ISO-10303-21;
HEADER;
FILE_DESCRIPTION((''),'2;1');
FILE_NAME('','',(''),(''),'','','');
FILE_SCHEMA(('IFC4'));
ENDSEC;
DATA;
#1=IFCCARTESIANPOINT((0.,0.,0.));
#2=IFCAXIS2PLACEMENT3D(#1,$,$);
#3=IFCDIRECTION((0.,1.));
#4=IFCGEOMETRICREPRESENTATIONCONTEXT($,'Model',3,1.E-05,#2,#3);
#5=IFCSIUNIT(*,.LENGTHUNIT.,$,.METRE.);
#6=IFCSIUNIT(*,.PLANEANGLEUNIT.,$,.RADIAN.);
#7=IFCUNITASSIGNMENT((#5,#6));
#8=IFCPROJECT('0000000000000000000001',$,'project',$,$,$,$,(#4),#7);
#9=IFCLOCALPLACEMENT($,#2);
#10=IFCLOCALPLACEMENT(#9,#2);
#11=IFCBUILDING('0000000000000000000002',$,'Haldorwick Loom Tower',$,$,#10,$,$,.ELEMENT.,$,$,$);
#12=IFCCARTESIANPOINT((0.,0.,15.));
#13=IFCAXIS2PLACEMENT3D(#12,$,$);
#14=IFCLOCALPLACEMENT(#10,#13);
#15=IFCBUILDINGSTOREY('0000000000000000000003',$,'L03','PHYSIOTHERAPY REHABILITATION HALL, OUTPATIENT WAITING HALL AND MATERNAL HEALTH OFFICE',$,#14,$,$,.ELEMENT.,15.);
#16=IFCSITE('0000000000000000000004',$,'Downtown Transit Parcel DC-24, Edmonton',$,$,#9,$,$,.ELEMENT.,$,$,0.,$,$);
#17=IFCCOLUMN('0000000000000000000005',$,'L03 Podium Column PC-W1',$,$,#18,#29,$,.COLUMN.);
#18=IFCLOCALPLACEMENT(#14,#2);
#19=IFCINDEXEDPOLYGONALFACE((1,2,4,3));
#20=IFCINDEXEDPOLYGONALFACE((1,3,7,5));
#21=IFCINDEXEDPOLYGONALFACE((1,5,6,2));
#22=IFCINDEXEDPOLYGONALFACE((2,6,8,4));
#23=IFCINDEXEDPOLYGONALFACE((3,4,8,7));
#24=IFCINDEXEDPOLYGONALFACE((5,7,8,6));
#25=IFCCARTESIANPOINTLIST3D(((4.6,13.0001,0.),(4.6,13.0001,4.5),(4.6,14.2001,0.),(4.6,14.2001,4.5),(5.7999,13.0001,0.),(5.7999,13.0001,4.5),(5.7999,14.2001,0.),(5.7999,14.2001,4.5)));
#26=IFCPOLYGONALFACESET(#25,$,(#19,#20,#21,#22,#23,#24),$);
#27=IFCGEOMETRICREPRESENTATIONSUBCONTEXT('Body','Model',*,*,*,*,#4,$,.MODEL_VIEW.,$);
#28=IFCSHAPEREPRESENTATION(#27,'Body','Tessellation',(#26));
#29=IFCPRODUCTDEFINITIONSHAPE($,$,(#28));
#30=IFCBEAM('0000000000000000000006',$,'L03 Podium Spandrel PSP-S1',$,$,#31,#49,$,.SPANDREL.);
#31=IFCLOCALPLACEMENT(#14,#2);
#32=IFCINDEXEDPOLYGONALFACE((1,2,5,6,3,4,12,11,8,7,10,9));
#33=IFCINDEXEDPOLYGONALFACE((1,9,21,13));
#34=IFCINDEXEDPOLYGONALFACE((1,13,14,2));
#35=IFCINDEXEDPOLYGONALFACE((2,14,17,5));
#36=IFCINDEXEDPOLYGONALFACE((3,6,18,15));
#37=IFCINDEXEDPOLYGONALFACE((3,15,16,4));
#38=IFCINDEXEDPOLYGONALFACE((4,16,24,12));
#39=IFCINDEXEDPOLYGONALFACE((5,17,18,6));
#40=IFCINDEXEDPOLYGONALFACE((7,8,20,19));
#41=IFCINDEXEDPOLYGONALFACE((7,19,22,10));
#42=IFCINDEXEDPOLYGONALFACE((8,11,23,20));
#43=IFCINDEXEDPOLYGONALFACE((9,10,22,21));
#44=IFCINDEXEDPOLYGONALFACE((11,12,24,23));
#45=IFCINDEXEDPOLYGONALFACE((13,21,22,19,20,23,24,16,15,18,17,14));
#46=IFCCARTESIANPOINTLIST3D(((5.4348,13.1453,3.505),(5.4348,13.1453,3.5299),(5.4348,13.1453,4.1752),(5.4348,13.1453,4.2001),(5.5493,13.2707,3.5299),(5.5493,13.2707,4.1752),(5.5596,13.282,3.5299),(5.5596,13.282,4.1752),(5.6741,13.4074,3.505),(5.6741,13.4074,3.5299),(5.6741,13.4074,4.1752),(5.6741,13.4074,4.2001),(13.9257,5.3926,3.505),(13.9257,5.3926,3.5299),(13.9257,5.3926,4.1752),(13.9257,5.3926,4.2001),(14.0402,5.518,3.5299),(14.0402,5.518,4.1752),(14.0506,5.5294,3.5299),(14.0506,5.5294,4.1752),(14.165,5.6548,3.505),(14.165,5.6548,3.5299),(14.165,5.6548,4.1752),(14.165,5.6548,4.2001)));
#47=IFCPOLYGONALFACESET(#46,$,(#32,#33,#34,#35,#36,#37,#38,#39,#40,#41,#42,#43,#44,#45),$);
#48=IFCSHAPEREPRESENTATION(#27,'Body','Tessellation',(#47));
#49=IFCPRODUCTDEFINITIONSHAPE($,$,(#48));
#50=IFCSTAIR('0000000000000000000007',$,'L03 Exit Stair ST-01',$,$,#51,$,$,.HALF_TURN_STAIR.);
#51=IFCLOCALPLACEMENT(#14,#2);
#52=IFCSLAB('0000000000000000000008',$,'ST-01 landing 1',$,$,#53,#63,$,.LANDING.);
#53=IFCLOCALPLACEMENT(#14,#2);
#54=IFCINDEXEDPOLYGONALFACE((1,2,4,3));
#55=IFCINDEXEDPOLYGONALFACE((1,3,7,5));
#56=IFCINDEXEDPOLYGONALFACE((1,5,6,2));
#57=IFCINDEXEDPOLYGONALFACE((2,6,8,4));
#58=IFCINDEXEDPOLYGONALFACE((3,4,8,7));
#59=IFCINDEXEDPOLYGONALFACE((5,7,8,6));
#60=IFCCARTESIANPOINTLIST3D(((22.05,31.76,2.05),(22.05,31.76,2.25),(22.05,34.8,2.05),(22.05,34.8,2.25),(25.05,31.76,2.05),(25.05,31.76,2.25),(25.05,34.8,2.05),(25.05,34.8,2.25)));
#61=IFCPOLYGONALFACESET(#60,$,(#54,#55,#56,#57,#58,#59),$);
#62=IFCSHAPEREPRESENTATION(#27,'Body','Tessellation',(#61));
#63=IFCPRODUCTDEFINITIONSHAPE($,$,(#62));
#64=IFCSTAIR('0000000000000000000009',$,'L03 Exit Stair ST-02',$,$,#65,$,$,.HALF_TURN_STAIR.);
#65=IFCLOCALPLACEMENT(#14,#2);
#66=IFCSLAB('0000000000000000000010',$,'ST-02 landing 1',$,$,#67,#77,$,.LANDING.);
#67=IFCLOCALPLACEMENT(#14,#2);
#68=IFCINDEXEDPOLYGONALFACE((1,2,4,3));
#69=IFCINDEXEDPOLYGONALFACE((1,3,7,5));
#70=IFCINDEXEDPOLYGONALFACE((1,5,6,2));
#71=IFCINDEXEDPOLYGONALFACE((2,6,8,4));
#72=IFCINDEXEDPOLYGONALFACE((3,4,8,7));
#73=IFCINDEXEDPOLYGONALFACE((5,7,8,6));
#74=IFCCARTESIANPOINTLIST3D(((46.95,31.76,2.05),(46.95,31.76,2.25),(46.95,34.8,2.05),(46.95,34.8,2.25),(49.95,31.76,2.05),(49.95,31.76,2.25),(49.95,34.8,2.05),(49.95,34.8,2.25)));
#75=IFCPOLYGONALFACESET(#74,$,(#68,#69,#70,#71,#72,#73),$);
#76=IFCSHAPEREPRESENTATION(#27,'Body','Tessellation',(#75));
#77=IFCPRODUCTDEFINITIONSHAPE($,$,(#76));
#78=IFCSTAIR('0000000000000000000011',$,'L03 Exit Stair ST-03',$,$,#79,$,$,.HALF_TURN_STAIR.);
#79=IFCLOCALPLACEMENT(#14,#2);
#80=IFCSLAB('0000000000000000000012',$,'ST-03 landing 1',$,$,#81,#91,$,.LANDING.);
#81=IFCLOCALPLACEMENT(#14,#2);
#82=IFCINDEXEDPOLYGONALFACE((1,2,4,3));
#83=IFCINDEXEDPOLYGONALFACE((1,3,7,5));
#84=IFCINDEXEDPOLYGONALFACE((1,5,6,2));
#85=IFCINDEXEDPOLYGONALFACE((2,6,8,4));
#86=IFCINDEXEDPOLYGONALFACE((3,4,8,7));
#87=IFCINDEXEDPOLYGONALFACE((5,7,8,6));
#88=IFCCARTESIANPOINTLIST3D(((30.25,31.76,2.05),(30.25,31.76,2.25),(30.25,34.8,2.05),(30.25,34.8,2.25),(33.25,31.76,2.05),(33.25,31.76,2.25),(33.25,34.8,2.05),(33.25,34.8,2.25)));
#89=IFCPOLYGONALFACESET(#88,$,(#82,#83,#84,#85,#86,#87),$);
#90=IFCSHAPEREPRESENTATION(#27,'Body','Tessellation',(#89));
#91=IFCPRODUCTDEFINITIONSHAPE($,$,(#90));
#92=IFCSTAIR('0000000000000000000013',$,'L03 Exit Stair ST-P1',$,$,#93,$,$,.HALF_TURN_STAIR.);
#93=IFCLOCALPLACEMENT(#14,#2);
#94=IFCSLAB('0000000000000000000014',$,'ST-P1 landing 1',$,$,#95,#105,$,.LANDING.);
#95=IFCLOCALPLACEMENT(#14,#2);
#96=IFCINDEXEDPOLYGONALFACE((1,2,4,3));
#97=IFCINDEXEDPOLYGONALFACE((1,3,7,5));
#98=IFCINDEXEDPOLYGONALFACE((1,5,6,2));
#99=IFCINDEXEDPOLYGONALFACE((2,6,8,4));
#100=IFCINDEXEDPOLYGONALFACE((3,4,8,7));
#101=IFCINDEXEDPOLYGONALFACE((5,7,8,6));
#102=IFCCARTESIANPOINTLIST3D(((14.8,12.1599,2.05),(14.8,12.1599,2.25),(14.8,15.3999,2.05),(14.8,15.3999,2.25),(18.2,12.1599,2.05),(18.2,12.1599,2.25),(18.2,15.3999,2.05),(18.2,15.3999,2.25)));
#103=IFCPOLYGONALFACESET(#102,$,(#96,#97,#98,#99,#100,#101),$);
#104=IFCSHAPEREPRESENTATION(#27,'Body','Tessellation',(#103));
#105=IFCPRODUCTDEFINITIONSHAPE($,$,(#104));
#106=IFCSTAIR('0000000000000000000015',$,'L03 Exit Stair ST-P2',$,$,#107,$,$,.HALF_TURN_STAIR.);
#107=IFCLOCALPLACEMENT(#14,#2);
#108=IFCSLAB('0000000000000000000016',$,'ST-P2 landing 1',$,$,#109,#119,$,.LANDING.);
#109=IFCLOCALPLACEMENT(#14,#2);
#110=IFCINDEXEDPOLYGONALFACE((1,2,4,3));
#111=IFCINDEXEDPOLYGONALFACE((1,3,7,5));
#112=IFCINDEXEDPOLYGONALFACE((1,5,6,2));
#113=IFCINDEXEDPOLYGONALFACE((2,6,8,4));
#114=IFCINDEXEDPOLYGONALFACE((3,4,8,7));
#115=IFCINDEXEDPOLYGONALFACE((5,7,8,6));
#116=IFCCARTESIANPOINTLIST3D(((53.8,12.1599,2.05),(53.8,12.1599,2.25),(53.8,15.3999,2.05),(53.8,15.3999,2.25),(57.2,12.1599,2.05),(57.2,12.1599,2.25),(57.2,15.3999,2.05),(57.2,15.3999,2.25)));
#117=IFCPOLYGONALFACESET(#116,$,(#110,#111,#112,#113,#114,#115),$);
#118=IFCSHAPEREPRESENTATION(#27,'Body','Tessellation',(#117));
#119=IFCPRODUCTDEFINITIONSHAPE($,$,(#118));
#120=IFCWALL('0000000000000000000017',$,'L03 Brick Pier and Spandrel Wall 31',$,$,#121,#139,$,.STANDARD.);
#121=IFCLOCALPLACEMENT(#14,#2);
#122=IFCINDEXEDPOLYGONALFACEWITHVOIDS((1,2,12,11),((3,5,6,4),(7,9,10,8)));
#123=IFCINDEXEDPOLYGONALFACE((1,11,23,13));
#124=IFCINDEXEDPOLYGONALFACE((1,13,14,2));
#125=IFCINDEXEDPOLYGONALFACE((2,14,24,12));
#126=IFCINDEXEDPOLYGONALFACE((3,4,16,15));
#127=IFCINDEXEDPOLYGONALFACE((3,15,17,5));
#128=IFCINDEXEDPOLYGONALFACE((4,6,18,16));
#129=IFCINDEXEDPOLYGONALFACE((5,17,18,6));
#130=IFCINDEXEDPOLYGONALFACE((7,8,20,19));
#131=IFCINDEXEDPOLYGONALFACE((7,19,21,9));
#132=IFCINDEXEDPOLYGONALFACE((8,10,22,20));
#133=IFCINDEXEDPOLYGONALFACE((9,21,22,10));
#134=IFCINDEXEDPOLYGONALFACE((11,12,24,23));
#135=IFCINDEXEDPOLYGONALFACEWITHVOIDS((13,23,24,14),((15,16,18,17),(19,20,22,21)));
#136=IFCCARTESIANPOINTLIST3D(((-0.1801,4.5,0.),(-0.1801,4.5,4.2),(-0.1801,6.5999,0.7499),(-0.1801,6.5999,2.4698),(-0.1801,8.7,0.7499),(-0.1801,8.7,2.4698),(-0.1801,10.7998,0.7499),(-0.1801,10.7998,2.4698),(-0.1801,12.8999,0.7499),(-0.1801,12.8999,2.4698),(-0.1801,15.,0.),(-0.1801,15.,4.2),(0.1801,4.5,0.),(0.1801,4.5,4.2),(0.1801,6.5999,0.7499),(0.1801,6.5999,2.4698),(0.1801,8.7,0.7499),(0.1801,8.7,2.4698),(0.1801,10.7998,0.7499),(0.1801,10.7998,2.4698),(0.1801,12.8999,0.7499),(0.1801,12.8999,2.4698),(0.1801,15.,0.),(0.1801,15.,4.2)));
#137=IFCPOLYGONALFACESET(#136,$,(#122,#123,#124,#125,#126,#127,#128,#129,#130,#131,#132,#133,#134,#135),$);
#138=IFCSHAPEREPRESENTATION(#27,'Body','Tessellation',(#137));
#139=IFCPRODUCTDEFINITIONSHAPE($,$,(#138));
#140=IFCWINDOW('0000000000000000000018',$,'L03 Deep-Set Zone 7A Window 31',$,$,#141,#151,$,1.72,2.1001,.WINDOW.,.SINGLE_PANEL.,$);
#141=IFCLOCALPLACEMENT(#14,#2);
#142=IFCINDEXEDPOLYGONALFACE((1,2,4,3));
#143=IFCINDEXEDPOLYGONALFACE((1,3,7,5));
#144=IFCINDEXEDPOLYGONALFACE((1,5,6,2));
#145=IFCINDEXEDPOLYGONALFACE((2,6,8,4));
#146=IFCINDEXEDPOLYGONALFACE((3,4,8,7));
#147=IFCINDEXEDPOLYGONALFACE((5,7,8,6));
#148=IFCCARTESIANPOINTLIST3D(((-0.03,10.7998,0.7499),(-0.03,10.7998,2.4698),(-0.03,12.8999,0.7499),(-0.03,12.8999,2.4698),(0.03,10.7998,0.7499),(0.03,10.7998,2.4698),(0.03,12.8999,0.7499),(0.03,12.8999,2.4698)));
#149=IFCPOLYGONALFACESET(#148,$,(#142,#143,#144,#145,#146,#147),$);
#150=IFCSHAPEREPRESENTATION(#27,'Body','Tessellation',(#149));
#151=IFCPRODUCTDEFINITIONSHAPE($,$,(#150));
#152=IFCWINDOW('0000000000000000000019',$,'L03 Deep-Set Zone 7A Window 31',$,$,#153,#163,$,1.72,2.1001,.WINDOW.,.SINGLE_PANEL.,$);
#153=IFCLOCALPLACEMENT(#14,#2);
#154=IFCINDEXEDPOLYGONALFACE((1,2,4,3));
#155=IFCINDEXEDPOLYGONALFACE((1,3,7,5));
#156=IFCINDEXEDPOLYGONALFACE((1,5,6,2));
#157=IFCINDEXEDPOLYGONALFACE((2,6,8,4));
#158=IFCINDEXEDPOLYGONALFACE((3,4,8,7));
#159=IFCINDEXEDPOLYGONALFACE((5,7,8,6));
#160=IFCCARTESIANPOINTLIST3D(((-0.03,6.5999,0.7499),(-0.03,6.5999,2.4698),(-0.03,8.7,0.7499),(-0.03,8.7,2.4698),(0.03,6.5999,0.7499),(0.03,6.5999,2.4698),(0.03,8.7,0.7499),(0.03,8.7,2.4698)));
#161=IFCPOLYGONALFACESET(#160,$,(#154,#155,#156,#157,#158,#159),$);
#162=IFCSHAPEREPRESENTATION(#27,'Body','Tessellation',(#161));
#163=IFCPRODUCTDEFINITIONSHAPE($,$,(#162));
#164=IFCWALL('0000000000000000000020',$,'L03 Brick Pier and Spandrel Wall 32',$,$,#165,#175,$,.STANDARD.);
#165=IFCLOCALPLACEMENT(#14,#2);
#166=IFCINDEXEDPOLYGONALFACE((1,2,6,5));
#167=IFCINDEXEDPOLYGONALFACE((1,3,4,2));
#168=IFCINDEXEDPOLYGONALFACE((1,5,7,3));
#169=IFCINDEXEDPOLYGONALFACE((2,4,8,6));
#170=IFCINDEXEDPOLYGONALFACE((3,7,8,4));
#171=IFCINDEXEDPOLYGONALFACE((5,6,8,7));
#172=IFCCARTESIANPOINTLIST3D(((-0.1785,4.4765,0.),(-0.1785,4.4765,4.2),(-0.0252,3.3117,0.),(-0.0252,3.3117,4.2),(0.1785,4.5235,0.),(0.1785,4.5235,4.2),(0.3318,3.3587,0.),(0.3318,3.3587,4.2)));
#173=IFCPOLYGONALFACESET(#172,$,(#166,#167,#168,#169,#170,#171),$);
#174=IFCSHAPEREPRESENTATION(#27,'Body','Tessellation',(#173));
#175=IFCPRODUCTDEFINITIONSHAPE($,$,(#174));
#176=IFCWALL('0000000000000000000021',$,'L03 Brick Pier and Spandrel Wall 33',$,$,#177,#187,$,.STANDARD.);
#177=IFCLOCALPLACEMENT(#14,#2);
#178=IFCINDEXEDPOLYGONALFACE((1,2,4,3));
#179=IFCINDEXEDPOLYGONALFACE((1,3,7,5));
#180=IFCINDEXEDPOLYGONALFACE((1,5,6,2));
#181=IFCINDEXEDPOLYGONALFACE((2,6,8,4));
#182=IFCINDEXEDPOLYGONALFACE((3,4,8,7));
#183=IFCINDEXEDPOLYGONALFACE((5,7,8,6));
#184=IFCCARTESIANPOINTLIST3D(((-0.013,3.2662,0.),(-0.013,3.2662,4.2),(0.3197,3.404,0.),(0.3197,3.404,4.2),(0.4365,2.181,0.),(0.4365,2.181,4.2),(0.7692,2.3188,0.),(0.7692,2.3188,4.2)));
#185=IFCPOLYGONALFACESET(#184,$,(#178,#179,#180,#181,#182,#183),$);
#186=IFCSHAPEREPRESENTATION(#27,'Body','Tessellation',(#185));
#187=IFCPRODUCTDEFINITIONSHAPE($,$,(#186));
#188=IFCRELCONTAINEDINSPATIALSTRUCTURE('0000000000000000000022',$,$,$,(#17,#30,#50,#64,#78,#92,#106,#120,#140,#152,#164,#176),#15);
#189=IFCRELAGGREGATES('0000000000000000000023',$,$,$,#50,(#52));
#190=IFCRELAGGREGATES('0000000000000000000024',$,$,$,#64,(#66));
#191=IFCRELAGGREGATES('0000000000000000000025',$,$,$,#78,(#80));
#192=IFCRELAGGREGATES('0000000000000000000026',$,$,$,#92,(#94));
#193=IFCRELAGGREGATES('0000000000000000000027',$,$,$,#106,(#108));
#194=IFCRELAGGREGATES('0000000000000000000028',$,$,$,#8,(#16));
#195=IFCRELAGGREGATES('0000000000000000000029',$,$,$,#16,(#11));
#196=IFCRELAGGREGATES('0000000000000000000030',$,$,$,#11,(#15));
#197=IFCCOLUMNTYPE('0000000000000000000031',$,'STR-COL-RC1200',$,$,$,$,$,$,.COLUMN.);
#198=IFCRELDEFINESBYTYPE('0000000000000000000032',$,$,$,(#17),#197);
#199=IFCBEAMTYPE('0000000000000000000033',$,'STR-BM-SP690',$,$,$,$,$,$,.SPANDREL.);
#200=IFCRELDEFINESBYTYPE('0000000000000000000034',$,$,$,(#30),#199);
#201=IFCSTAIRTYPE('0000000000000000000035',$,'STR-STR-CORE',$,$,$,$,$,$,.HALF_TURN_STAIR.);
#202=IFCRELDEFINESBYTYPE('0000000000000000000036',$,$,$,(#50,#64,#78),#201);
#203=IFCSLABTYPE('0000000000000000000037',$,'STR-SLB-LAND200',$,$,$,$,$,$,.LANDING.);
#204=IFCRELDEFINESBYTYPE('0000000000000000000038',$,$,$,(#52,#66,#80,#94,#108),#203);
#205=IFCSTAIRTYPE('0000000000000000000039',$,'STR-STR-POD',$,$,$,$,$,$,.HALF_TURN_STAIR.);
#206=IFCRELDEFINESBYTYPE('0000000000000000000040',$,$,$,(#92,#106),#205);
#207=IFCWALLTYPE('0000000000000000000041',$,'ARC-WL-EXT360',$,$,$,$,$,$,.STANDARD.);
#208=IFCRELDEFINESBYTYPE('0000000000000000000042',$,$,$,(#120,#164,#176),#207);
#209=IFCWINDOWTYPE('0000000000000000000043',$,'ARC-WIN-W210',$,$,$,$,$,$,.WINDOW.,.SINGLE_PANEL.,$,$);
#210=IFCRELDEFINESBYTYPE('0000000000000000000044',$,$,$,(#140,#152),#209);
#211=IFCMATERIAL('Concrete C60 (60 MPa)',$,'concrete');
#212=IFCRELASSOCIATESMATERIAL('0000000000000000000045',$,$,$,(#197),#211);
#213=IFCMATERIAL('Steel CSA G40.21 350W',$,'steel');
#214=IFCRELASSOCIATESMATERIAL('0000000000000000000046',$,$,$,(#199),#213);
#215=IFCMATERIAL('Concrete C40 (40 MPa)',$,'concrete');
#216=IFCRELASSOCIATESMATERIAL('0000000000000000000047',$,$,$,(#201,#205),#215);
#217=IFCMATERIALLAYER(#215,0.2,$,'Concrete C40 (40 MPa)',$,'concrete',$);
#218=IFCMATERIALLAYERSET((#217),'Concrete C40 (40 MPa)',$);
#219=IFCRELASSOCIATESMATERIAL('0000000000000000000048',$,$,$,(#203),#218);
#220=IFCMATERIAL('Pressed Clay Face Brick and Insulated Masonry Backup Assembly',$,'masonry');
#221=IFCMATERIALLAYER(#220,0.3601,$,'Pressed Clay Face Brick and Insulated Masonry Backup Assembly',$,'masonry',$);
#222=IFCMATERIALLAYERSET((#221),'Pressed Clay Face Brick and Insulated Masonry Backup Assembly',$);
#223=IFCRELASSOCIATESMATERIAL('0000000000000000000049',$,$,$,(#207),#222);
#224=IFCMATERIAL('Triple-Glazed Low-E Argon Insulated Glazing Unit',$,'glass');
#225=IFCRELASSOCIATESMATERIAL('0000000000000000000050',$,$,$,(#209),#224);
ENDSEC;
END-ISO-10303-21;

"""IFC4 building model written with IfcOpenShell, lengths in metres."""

from ifc_helpers import new_model, si_unit, direction, frame, frame_2d, origin, origin_2d, place, context, subcontext, project, spatial, polyline, rectangle, i_section, outline, extrude, material, layer, layer_set, material_profile, profile_set, type_object, element, fill, aggregate, save


model = new_model("IFC4")

# Units and contexts
model_context = context("Model", 3, precision=1e-05, world=origin(), true_north=direction((0.0, 1.0)))
body_context = subcontext(model_context, "Body", "Model", "MODEL_VIEW")
ifc_project = project(units=[si_unit("LENGTHUNIT", "METRE"), si_unit("PLANEANGLEUNIT", "RADIAN")], contexts=[model_context])

# Site, building, storey
site_placement = place(None, origin())
site = spatial("IfcSite", under=ifc_project, at=site_placement, Name="Downtown Transit Parcel DC-24, Edmonton", CompositionType="ELEMENT", RefElevation=0.0)
building_placement = place(site_placement, origin())
building = spatial("IfcBuilding", under=site, at=building_placement, Name="Haldorwick Loom Tower", CompositionType="ELEMENT")
storey_placement = place(building_placement, frame((0.0, 0.0, 15.0)))
storey = spatial("IfcBuildingStorey", under=building, at=storey_placement, Name="L03", Description="PHYSIOTHERAPY REHABILITATION HALL, OUTPATIENT WAITING HALL AND MATERNAL HEALTH OFFICE", CompositionType="ELEMENT", Elevation=15.0)

# Column
ifc_material_1 = material(Name="Concrete C60 (60 MPa)", Category="concrete")
ifc_material_profile_1 = material_profile(ifc_material_1, rectangle(XDim=1.2, YDim=1.2, at=origin_2d()), Name="RC1200X1200", Category="concrete")
ifc_profile_set_1 = profile_set([ifc_material_profile_1], Name="Concrete C60 (60 MPa)")
column_type = type_object("IfcColumnType", Name="STR-COL-RC1200", PredefinedType="COLUMN", material=ifc_profile_set_1)
column_placement = place(storey_placement, frame((5.2, 13.6001, 0.0), z_axis=(0.0, 0.0, 1.0), x_axis=(1.0, 0.0, 0.0)))
element("IfcColumn", 1, at=column_placement, inside=storey, type_object=column_type, Name="L03 Podium Column PC-W1", PredefinedType="COLUMN", context=body_context, shape_type="SweptSolid", body=[
    extrude(rectangle(XDim=1.2, YDim=1.2, at=origin_2d()), origin(), (0.0, 0.0, 1.0), 4.5),
])

# Beam
ifc_material_2 = material(Name="Steel CSA G40.21 350W", Category="steel")
ifc_material_profile_2 = material_profile(ifc_material_2, i_section(OverallWidth=0.355, OverallDepth=0.6951, WebThickness=0.0154, FlangeThickness=0.0249, at=origin_2d()), Name="W690X217", Category="steel")
ifc_profile_set_2 = profile_set([ifc_material_profile_2], Name="Steel CSA G40.21 350W")
beam_type = type_object("IfcBeamType", Name="STR-BM-SP690", PredefinedType="SPANDREL", material=ifc_profile_set_2)
beam_placement = place(storey_placement, frame((5.5544, 13.2764, 3.8525), z_axis=(0.738483, -0.674272, 0.0), x_axis=(0.674272, 0.738483, 0.0)))
element("IfcBeam", 2, at=beam_placement, inside=storey, type_object=beam_type, Name="L03 Podium Spandrel PSP-S1", PredefinedType="SPANDREL", context=body_context, shape_type="SweptSolid", body=[
    extrude(i_section(OverallWidth=0.355, OverallDepth=0.6951, WebThickness=0.0154, FlangeThickness=0.0249, at=origin_2d()), origin(), (0.0, 0.0, 1.0), 11.4978),
])

# Stairs, slabs
ifc_material_3 = material(Name="Concrete C40 (40 MPa)", Category="concrete")
stair_type_1 = type_object("IfcStairType", Name="STR-STR-CORE", PredefinedType="HALF_TURN_STAIR", material=ifc_material_3)
stair_1_placement = place(storey_placement, origin())
stair_1 = element("IfcStair", 3, at=stair_1_placement, inside=storey, type_object=stair_type_1, Name="L03 Exit Stair ST-01", PredefinedType="HALF_TURN_STAIR")
ifc_layer_1 = layer(ifc_material_3, 0.2, Name="Concrete C40 (40 MPa)", Category="concrete")
ifc_layer_set_1 = layer_set([ifc_layer_1], Name="Concrete C40 (40 MPa)")
slab_type = type_object("IfcSlabType", Name="STR-SLB-LAND200", PredefinedType="LANDING", material=ifc_layer_set_1)
slab_1_placement = place(storey_placement, frame((0.0, 0.0, 2.05)))
slab_1 = element("IfcSlab", 4, at=slab_1_placement, type_object=slab_type, Name="ST-01 landing 1", PredefinedType="LANDING", context=body_context, shape_type="SweptSolid", body=[
    extrude(outline(polyline([(25.05, 31.76), (25.05, 34.8), (22.05, 34.8), (22.05, 31.76), (25.05, 31.76)])), origin(), (0.0, 0.0, 1.0), 0.2),
])
aggregate(stair_1, [slab_1])
stair_2_placement = place(storey_placement, origin())
stair_2 = element("IfcStair", 5, at=stair_2_placement, inside=storey, type_object=stair_type_1, Name="L03 Exit Stair ST-02", PredefinedType="HALF_TURN_STAIR")
slab_2_placement = place(storey_placement, frame((0.0, 0.0, 2.05)))
slab_2 = element("IfcSlab", 6, at=slab_2_placement, type_object=slab_type, Name="ST-02 landing 1", PredefinedType="LANDING", context=body_context, shape_type="SweptSolid", body=[
    extrude(outline(polyline([(49.95, 31.76), (49.95, 34.8), (46.95, 34.8), (46.95, 31.76), (49.95, 31.76)])), origin(), (0.0, 0.0, 1.0), 0.2),
])
aggregate(stair_2, [slab_2])
stair_3_placement = place(storey_placement, origin())
stair_3 = element("IfcStair", 7, at=stair_3_placement, inside=storey, type_object=stair_type_1, Name="L03 Exit Stair ST-03", PredefinedType="HALF_TURN_STAIR")
slab_3_placement = place(storey_placement, frame((0.0, 0.0, 2.05)))
slab_3 = element("IfcSlab", 8, at=slab_3_placement, type_object=slab_type, Name="ST-03 landing 1", PredefinedType="LANDING", context=body_context, shape_type="SweptSolid", body=[
    extrude(outline(polyline([(33.25, 31.76), (33.25, 34.8), (30.25, 34.8), (30.25, 31.76), (33.25, 31.76)])), origin(), (0.0, 0.0, 1.0), 0.2),
])
aggregate(stair_3, [slab_3])
stair_type_2 = type_object("IfcStairType", Name="STR-STR-POD", PredefinedType="HALF_TURN_STAIR", material=ifc_material_3)
stair_4_placement = place(storey_placement, origin())
stair_4 = element("IfcStair", 9, at=stair_4_placement, inside=storey, type_object=stair_type_2, Name="L03 Exit Stair ST-P1", PredefinedType="HALF_TURN_STAIR")
slab_4_placement = place(storey_placement, frame((0.0, 0.0, 2.05)))
slab_4 = element("IfcSlab", 10, at=slab_4_placement, type_object=slab_type, Name="ST-P1 landing 1", PredefinedType="LANDING", context=body_context, shape_type="SweptSolid", body=[
    extrude(outline(polyline([(18.2, 12.1599), (18.2, 15.3999), (14.8, 15.3999), (14.8, 12.1599), (18.2, 12.1599)])), origin(), (0.0, 0.0, 1.0), 0.2),
])
aggregate(stair_4, [slab_4])
stair_5_placement = place(storey_placement, origin())
stair_5 = element("IfcStair", 11, at=stair_5_placement, inside=storey, type_object=stair_type_2, Name="L03 Exit Stair ST-P2", PredefinedType="HALF_TURN_STAIR")
slab_5_placement = place(storey_placement, frame((0.0, 0.0, 2.05)))
slab_5 = element("IfcSlab", 12, at=slab_5_placement, type_object=slab_type, Name="ST-P2 landing 1", PredefinedType="LANDING", context=body_context, shape_type="SweptSolid", body=[
    extrude(outline(polyline([(57.2, 12.1599), (57.2, 15.3999), (53.8, 15.3999), (53.8, 12.1599), (57.2, 12.1599)])), origin(), (0.0, 0.0, 1.0), 0.2),
])
aggregate(stair_5, [slab_5])

# Wall, openings, windows
ifc_material_4 = material(Name="Pressed Clay Face Brick and Insulated Masonry Backup Assembly", Category="masonry")
ifc_layer_2 = layer(ifc_material_4, 0.3601, Name="Pressed Clay Face Brick and Insulated Masonry Backup Assembly", Category="masonry")
ifc_layer_set_2 = layer_set([ifc_layer_2], Name="Pressed Clay Face Brick and Insulated Masonry Backup Assembly")
wall_type = type_object("IfcWallType", Name="ARC-WL-EXT360", PredefinedType="STANDARD", material=ifc_layer_set_2)
wall_1_placement = place(storey_placement, frame((0.0, 15.0, 0.0), z_axis=(0.0, 0.0, 1.0), x_axis=(0.0, -1.0, 0.0)))
wall_1 = element("IfcWall", 13, at=wall_1_placement, inside=storey, type_object=wall_type, Name="L03 Brick Pier and Spandrel Wall 31", PredefinedType="STANDARD", context=body_context, shape_type="SweptSolid", body=[
    extrude(rectangle(XDim=10.5, YDim=0.3601, at=frame_2d((5.25, 0.0))), origin(), (0.0, 0.0, 1.0), 4.2),
])
opening_1_placement = place(wall_1_placement, frame((2.1001, 0.0, 0.75)))
opening_1 = element("IfcOpeningElement", 14, at=opening_1_placement, cuts=wall_1, PredefinedType="OPENING", context=body_context, shape_type="SweptSolid", body=[
    extrude(rectangle(XDim=2.1001, YDim=1.72, at=frame_2d((1.05, 0.8599))), frame((0.0, 0.1899, 0.0), z_axis=(0.0, -1.0, 0.0), x_axis=(1.0, 0.0, 0.0)), (0.0, 0.0, 1.0), 0.3801),
])
opening_2_placement = place(wall_1_placement, frame((6.3, 0.0, 0.75)))
opening_2 = element("IfcOpeningElement", 15, at=opening_2_placement, cuts=wall_1, PredefinedType="OPENING", context=body_context, shape_type="SweptSolid", body=[
    extrude(rectangle(XDim=2.1001, YDim=1.72, at=frame_2d((1.05, 0.8599))), frame((0.0, 0.1899, 0.0), z_axis=(0.0, -1.0, 0.0), x_axis=(1.0, 0.0, 0.0)), (0.0, 0.0, 1.0), 0.3801),
])
ifc_material_5 = material(Name="Triple-Glazed Low-E Argon Insulated Glazing Unit", Category="glass")
window_type = type_object("IfcWindowType", Name="ARC-WIN-W210", PartitioningType="SINGLE_PANEL", PredefinedType="WINDOW", material=ifc_material_5)
window_1_placement = place(opening_1_placement, origin())
window_1 = element("IfcWindow", 16, at=window_1_placement, inside=storey, type_object=window_type, Name="L03 Deep-Set Zone 7A Window 31", OverallHeight=1.72, OverallWidth=2.1001, PartitioningType="SINGLE_PANEL", PredefinedType="WINDOW", context=body_context, shape_type="SweptSolid", body=[
    extrude(rectangle(XDim=2.1001, YDim=1.72, at=frame_2d((1.05, 0.8599))), frame((0.0, 0.03, 0.0), z_axis=(0.0, -1.0, 0.0), x_axis=(1.0, 0.0, 0.0)), (0.0, 0.0, 1.0), 0.0601),
])
fill(opening_1, window_1)
window_2_placement = place(opening_2_placement, origin())
window_2 = element("IfcWindow", 17, at=window_2_placement, inside=storey, type_object=window_type, Name="L03 Deep-Set Zone 7A Window 31", OverallHeight=1.72, OverallWidth=2.1001, PartitioningType="SINGLE_PANEL", PredefinedType="WINDOW", context=body_context, shape_type="SweptSolid", body=[
    extrude(rectangle(XDim=2.1001, YDim=1.72, at=frame_2d((1.05, 0.8599))), frame((0.0, 0.03, 0.0), z_axis=(0.0, -1.0, 0.0), x_axis=(1.0, 0.0, 0.0)), (0.0, 0.0, 1.0), 0.0601),
])
fill(opening_2, window_2)

# Walls
wall_2_placement = place(storey_placement, frame((0.0, 4.5, 0.0), z_axis=(0.0, 0.0, 1.0), x_axis=(0.130503, -0.991448, 0.0)))
element("IfcWall", 18, at=wall_2_placement, inside=storey, type_object=wall_type, Name="L03 Brick Pier and Spandrel Wall 32", PredefinedType="STANDARD", context=body_context, shape_type="SweptSolid", body=[
    extrude(rectangle(XDim=1.1748, YDim=0.3601, at=frame_2d((0.5874, 0.0))), origin(), (0.0, 0.0, 1.0), 4.2),
])
wall_3_placement = place(storey_placement, frame((0.1533, 3.3352, 0.0), z_axis=(0.0, 0.0, 1.0), x_axis=(0.382652, -0.923893, 0.0)))
element("IfcWall", 19, at=wall_3_placement, inside=storey, type_object=wall_type, Name="L03 Brick Pier and Spandrel Wall 33", PredefinedType="STANDARD", context=body_context, shape_type="SweptSolid", body=[
    extrude(rectangle(XDim=1.1746, YDim=0.3601, at=frame_2d((0.5874, 0.0))), origin(), (0.0, 0.0, 1.0), 4.2),
])

save(model, "model.ifc")
